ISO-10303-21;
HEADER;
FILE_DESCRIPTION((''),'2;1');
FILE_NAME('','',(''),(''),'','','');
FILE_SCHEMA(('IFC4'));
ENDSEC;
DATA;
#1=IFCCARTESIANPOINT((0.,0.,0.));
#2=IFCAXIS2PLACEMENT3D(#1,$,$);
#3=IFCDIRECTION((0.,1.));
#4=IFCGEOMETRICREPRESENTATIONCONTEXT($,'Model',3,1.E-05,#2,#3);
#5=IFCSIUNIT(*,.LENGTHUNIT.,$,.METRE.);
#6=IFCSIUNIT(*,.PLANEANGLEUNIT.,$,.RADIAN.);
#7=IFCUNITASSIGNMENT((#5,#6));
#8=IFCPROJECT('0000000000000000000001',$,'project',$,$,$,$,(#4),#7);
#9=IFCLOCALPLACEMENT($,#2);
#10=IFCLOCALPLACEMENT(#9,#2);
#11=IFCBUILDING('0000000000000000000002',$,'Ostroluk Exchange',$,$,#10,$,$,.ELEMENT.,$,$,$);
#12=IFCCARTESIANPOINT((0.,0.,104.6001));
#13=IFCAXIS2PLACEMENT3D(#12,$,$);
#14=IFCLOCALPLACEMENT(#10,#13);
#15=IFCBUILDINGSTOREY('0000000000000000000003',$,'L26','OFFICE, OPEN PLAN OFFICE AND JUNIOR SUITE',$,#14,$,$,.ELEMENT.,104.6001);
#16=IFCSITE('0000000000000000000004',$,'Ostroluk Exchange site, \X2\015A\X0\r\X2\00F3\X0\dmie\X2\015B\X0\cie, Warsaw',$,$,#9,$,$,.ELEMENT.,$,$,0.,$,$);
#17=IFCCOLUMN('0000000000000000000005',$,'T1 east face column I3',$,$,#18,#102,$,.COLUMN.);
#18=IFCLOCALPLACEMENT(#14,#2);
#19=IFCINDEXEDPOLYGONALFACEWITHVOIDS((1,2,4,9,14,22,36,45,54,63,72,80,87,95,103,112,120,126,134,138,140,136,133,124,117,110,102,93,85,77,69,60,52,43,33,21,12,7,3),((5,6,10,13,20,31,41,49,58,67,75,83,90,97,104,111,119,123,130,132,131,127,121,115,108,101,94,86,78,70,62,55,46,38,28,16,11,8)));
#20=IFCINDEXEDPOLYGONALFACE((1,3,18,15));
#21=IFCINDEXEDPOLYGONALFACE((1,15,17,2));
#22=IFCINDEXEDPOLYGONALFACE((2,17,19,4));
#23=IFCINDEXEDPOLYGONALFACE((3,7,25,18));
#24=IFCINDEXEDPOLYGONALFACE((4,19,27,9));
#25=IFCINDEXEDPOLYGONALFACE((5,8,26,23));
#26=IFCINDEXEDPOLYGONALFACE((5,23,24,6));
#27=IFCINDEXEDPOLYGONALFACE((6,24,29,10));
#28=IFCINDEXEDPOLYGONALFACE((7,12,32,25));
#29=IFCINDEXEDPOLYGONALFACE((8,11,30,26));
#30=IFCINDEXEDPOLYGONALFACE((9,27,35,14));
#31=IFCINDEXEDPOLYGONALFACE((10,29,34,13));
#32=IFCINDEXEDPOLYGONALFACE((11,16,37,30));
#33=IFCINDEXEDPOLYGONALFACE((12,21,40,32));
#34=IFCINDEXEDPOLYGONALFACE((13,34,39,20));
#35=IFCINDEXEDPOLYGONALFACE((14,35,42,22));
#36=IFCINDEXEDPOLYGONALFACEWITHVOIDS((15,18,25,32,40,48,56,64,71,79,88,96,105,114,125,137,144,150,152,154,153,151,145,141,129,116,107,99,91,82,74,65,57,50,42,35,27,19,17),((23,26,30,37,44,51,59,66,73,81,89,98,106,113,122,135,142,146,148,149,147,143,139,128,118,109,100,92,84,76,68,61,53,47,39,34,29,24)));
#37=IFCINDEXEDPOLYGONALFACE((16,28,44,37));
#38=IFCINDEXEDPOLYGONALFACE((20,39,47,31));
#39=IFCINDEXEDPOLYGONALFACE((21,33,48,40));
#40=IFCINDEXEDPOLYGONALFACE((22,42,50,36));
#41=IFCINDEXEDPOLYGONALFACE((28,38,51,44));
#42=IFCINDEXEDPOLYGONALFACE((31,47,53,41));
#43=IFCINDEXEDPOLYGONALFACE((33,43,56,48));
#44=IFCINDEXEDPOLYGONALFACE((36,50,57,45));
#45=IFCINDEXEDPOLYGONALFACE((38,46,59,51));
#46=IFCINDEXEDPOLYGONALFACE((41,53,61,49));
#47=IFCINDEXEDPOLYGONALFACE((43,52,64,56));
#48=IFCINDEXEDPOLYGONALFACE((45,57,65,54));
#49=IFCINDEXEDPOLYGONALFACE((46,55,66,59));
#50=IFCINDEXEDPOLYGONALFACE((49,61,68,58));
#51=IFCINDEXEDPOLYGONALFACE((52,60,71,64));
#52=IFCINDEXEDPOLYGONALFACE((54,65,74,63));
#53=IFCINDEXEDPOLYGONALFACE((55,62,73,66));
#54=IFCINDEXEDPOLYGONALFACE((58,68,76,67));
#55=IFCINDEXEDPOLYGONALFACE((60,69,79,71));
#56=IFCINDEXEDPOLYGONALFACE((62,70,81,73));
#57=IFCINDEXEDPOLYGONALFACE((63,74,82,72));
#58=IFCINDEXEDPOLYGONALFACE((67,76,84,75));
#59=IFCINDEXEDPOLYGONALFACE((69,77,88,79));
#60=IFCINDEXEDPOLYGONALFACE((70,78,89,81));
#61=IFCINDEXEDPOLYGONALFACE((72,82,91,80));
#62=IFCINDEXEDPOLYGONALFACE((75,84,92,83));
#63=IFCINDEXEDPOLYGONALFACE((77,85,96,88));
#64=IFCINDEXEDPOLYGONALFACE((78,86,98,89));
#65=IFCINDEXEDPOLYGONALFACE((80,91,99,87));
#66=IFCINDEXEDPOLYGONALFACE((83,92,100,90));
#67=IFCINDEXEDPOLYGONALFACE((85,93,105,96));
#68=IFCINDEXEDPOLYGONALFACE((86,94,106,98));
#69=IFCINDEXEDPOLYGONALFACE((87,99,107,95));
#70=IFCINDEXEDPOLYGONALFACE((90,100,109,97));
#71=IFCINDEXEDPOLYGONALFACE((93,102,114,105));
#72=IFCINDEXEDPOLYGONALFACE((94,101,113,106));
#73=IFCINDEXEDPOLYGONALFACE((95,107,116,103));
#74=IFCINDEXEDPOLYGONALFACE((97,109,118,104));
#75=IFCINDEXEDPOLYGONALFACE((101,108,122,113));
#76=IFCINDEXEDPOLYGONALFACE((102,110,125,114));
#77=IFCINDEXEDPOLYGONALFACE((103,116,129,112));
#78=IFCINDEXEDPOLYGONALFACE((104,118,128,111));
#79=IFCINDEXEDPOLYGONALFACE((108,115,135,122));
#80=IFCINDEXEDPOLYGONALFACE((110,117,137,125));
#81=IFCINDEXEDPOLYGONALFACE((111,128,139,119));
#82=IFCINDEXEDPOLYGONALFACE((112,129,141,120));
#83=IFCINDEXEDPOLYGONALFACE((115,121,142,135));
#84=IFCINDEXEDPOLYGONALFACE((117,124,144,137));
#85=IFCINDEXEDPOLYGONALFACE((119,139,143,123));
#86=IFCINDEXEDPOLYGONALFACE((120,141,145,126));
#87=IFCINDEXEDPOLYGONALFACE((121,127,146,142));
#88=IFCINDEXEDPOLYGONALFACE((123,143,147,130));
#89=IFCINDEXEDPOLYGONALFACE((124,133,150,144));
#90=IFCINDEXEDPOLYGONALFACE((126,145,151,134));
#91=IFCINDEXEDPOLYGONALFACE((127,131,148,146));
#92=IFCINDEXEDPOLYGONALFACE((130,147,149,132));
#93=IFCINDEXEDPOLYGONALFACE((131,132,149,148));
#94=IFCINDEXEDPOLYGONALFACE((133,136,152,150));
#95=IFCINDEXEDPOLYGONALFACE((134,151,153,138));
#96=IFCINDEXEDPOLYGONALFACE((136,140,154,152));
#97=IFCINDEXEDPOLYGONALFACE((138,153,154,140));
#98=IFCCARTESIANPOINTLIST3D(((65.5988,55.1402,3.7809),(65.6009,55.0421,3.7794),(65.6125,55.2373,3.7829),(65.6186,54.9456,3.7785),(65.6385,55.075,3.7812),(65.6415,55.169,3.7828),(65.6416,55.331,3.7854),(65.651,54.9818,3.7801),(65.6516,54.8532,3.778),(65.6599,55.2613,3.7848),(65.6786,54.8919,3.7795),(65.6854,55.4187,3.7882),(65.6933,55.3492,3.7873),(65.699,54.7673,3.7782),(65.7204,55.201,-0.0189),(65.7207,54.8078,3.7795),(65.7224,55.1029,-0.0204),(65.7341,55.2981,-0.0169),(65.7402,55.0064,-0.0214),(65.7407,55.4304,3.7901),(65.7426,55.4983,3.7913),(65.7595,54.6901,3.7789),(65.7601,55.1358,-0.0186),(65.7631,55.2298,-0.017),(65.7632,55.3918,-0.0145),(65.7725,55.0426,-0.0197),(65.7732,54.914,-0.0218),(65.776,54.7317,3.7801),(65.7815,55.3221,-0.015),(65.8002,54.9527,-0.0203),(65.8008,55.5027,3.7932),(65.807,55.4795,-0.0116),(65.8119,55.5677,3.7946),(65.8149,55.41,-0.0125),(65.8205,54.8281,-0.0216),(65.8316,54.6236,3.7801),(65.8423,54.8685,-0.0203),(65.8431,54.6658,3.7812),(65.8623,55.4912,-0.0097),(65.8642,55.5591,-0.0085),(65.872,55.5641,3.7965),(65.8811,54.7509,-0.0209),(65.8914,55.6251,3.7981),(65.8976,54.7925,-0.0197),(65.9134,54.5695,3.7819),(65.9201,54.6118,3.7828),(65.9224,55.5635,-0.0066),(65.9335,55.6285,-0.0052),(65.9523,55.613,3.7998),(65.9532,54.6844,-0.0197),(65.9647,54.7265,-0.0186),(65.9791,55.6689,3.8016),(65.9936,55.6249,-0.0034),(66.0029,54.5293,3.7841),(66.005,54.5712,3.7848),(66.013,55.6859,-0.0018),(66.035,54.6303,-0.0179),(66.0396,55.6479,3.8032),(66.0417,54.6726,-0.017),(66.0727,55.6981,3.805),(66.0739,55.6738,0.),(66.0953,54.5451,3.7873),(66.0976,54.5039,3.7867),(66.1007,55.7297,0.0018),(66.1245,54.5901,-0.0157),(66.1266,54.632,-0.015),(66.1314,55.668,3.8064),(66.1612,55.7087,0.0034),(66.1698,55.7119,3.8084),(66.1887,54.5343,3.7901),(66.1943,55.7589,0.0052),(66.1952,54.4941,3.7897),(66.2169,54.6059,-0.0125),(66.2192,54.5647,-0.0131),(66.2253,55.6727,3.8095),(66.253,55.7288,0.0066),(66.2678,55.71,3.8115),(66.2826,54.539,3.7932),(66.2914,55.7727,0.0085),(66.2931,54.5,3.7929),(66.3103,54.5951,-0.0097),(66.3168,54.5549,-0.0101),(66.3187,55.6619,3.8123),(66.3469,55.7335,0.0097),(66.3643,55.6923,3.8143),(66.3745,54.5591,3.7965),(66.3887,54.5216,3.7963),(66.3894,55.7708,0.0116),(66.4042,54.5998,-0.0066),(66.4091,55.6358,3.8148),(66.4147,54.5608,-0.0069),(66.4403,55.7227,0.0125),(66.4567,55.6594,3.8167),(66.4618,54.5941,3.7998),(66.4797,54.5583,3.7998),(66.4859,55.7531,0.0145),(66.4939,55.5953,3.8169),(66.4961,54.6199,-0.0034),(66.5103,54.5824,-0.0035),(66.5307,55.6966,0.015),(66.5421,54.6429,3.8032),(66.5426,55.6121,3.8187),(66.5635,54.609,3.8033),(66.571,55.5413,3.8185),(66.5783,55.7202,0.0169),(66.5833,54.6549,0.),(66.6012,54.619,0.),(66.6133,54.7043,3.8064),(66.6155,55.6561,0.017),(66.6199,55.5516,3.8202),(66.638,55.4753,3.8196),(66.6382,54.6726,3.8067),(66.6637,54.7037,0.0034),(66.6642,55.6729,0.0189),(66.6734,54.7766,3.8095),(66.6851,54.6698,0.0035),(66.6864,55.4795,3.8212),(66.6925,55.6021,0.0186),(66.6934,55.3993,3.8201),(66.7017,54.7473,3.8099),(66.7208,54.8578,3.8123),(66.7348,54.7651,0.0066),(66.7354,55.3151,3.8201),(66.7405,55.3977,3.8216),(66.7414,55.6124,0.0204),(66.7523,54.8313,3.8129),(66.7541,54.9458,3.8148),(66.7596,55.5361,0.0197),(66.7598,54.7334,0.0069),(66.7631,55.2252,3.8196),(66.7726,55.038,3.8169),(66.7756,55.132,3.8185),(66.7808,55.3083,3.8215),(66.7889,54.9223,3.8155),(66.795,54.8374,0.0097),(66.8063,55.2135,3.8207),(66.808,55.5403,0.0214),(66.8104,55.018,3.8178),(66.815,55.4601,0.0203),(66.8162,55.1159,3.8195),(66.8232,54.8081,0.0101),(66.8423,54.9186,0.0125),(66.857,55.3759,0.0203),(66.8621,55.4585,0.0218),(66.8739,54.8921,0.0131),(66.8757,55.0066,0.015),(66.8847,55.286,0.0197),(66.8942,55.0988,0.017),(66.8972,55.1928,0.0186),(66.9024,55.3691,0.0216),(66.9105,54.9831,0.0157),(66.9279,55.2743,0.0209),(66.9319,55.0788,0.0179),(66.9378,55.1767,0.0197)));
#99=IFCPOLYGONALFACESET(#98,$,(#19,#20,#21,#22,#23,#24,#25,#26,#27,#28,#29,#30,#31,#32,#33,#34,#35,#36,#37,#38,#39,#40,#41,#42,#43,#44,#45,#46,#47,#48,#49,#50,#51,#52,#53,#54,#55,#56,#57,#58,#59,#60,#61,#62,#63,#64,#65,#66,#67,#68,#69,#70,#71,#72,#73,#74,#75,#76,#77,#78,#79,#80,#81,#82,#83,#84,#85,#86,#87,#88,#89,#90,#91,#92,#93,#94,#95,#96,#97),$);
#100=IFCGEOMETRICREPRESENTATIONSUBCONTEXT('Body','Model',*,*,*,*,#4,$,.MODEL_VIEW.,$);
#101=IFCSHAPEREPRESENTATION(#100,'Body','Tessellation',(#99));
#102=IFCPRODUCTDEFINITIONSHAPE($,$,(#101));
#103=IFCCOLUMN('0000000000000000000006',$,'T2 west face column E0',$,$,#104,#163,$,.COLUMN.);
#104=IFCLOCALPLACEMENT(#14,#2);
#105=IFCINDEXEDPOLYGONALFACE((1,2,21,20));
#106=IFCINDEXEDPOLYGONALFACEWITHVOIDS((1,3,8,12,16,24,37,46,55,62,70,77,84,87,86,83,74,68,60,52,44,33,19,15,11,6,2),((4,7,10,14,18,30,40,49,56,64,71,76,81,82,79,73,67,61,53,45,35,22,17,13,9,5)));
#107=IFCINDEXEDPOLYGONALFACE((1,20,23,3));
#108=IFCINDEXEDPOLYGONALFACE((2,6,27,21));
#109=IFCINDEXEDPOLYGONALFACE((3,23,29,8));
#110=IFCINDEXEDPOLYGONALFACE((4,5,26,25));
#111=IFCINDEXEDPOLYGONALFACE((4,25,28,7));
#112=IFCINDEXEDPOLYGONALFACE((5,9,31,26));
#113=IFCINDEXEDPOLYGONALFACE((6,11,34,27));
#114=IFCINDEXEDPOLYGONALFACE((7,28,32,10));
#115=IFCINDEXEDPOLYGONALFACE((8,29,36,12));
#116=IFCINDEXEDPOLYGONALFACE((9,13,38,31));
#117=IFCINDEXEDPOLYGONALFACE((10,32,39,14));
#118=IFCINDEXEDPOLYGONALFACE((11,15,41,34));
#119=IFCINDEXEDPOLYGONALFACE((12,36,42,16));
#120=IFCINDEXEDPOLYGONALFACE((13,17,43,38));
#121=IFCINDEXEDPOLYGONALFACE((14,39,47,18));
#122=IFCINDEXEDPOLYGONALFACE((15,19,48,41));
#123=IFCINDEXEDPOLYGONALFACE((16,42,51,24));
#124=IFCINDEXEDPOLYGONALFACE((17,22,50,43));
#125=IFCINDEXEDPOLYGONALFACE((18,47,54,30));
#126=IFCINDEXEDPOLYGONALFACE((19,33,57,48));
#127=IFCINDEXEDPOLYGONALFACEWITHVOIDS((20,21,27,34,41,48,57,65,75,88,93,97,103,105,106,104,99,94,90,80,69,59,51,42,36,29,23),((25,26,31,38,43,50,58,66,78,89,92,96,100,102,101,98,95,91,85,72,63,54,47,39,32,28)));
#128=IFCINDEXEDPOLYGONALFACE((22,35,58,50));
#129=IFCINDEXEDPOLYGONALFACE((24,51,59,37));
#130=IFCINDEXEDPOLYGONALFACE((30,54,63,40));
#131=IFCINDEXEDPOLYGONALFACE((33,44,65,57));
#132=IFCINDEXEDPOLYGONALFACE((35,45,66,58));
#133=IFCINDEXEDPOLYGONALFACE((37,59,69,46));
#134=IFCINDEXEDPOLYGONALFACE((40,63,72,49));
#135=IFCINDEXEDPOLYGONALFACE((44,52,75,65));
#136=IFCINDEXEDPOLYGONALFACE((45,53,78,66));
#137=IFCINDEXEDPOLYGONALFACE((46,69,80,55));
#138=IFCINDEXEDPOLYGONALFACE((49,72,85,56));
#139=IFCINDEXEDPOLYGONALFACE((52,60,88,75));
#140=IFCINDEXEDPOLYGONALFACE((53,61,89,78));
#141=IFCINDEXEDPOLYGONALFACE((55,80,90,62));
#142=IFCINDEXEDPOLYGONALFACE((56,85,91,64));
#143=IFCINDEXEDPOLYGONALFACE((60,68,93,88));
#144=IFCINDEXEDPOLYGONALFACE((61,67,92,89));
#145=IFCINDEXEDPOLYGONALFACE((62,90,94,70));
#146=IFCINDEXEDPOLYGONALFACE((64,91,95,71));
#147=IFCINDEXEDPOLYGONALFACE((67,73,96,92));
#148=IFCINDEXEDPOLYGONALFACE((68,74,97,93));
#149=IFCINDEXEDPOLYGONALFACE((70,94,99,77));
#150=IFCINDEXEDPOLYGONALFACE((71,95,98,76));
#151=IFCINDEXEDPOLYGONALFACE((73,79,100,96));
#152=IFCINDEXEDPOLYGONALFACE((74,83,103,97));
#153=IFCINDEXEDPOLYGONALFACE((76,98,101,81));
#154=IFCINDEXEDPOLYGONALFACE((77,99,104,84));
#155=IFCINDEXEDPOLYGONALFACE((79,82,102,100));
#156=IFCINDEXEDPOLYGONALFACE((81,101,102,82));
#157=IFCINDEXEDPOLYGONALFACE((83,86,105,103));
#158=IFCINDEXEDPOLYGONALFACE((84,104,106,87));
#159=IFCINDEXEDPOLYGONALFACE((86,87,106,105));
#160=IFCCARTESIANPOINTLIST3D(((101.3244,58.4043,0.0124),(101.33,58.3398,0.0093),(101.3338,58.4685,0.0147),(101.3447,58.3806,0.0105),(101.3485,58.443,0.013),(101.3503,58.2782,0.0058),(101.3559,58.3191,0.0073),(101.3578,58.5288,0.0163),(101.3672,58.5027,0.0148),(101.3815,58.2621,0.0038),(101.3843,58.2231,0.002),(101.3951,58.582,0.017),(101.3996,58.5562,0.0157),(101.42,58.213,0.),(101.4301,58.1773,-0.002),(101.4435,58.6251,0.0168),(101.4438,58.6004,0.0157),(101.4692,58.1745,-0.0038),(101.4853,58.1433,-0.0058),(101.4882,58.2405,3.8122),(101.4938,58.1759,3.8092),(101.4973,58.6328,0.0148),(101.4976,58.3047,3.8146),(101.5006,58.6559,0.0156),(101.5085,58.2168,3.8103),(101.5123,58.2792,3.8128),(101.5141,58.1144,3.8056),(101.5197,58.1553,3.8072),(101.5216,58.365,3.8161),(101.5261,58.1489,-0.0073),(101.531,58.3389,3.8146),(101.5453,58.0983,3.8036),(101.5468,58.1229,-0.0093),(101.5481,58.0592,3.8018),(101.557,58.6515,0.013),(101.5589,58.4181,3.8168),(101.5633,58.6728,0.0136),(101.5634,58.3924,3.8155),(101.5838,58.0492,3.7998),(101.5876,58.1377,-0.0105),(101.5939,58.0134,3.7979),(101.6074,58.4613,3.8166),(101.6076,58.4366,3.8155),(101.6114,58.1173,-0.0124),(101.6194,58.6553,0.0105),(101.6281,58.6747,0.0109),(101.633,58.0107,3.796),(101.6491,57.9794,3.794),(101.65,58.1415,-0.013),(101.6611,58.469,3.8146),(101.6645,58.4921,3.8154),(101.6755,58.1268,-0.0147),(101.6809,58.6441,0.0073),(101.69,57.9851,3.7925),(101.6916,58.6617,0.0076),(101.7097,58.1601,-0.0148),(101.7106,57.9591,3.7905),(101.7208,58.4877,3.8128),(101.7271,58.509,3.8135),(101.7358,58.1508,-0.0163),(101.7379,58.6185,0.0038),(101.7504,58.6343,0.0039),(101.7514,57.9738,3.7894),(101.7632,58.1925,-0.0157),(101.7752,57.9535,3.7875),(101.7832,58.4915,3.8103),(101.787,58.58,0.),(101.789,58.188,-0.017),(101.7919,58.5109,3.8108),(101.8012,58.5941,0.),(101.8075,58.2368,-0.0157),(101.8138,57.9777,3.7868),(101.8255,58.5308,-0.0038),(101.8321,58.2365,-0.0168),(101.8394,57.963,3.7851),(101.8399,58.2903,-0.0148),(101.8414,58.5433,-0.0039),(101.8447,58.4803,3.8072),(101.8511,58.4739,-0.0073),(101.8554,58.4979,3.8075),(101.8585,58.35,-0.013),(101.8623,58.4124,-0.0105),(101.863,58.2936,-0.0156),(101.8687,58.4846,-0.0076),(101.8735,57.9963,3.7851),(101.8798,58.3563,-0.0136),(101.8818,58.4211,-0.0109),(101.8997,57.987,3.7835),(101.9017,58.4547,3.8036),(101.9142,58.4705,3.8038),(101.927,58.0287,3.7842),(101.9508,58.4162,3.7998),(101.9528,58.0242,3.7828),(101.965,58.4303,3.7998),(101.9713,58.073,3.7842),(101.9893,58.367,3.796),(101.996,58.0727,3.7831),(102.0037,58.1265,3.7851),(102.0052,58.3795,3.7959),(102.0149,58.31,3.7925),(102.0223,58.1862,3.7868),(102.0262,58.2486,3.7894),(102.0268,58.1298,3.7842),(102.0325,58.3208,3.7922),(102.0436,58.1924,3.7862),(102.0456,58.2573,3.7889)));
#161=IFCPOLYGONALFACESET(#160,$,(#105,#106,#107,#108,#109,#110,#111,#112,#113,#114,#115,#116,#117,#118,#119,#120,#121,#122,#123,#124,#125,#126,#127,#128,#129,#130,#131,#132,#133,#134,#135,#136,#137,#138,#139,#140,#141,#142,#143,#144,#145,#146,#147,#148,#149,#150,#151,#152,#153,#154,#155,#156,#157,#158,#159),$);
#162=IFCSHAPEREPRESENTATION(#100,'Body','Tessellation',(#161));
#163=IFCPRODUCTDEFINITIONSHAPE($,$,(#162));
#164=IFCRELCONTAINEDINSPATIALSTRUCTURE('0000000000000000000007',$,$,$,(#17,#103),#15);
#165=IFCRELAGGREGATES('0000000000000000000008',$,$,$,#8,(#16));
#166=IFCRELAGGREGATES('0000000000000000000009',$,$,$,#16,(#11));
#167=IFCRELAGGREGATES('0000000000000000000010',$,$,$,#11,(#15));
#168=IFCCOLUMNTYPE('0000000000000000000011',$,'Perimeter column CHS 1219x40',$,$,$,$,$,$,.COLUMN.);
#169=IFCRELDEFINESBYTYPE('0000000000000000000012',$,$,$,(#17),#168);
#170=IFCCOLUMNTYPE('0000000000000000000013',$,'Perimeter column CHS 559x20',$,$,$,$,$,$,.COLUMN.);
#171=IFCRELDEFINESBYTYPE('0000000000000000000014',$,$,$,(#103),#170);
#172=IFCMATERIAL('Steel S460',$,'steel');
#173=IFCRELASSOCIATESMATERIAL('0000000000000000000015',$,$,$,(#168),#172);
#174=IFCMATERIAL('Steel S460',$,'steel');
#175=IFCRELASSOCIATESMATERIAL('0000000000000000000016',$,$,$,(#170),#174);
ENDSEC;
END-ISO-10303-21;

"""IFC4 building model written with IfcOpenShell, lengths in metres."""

from ifc_helpers import new_model, si_unit, direction, frame, origin, origin_2d, place, context, subcontext, project, spatial, hollow_circle, extrude, material, material_profile, profile_set, type_object, element, save


model = new_model("IFC4")

# Units and contexts
model_context = context("Model", 3, precision=1e-05, world=origin(), true_north=direction((0.0, 1.0)))
body_context = subcontext(model_context, "Body", "Model", "MODEL_VIEW")
ifc_project = project(units=[si_unit("LENGTHUNIT", "METRE"), si_unit("PLANEANGLEUNIT", "RADIAN")], contexts=[model_context])

# Site, building, storey
site_placement = place(None, origin())
site = spatial("IfcSite", under=ifc_project, at=site_placement, Name="Ostroluk Exchange site, Śródmieście, Warsaw", CompositionType="ELEMENT", RefElevation=0.0)
building_placement = place(site_placement, origin())
building = spatial("IfcBuilding", under=site, at=building_placement, Name="Ostroluk Exchange", CompositionType="ELEMENT")
storey_placement = place(building_placement, frame((0.0, 0.0, 104.6001)))
storey = spatial("IfcBuildingStorey", under=building, at=storey_placement, Name="L26", Description="OFFICE, OPEN PLAN OFFICE AND JUNIOR SUITE", CompositionType="ELEMENT", Elevation=104.6001)

# Columns
ifc_material_1 = material(Name="Steel S460", Category="steel")
ifc_material_profile_1 = material_profile(ifc_material_1, hollow_circle(Radius=0.6096, WallThickness=0.04, at=origin_2d()), Name="CHS 1219x40")
ifc_profile_set_1 = profile_set([ifc_material_profile_1], Name="Steel S460")
column_type_1 = type_object("IfcColumnType", Name="Perimeter column CHS 1219x40", PredefinedType="COLUMN", material=ifc_profile_set_1)
column_1_placement = place(storey_placement, frame((66.3286, 55.1643, 0.0), z_axis=(-0.031976, -0.015988, 0.999361), x_axis=(0.447214, -0.894427, 0.0)))
element("IfcColumn", 1, at=column_1_placement, inside=storey, type_object=column_type_1, Name="T1 east face column I3", PredefinedType="COLUMN", context=body_context, shape_type="SweptSolid", body=[
    extrude(hollow_circle(Radius=0.6096, WallThickness=0.04, at=origin_2d()), origin(), (0.0, 0.0, 1.0), 3.8022),
])
ifc_material_2 = material(Name="Steel S460", Category="steel")
ifc_material_profile_2 = material_profile(ifc_material_2, hollow_circle(Radius=0.2795, WallThickness=0.02, at=origin_2d()), Name="CHS 559x20")
ifc_profile_set_2 = profile_set([ifc_material_profile_2], Name="Steel S460")
column_type_2 = type_object("IfcColumnType", Name="Perimeter column CHS 559x20", PredefinedType="COLUMN", material=ifc_profile_set_2)
column_2_placement = place(storey_placement, frame((101.6035, 58.3965, 0.0), z_axis=(0.043032, -0.043032, 0.998146), x_axis=(0.707107, 0.707107, 0.0)))
element("IfcColumn", 2, at=column_2_placement, inside=storey, type_object=column_type_2, Name="T2 west face column E0", PredefinedType="COLUMN", context=body_context, shape_type="SweptSolid", body=[
    extrude(hollow_circle(Radius=0.2795, WallThickness=0.02, at=origin_2d()), origin(), (0.0, 0.0, 1.0), 3.8069),
])

save(model, "model.ifc")
